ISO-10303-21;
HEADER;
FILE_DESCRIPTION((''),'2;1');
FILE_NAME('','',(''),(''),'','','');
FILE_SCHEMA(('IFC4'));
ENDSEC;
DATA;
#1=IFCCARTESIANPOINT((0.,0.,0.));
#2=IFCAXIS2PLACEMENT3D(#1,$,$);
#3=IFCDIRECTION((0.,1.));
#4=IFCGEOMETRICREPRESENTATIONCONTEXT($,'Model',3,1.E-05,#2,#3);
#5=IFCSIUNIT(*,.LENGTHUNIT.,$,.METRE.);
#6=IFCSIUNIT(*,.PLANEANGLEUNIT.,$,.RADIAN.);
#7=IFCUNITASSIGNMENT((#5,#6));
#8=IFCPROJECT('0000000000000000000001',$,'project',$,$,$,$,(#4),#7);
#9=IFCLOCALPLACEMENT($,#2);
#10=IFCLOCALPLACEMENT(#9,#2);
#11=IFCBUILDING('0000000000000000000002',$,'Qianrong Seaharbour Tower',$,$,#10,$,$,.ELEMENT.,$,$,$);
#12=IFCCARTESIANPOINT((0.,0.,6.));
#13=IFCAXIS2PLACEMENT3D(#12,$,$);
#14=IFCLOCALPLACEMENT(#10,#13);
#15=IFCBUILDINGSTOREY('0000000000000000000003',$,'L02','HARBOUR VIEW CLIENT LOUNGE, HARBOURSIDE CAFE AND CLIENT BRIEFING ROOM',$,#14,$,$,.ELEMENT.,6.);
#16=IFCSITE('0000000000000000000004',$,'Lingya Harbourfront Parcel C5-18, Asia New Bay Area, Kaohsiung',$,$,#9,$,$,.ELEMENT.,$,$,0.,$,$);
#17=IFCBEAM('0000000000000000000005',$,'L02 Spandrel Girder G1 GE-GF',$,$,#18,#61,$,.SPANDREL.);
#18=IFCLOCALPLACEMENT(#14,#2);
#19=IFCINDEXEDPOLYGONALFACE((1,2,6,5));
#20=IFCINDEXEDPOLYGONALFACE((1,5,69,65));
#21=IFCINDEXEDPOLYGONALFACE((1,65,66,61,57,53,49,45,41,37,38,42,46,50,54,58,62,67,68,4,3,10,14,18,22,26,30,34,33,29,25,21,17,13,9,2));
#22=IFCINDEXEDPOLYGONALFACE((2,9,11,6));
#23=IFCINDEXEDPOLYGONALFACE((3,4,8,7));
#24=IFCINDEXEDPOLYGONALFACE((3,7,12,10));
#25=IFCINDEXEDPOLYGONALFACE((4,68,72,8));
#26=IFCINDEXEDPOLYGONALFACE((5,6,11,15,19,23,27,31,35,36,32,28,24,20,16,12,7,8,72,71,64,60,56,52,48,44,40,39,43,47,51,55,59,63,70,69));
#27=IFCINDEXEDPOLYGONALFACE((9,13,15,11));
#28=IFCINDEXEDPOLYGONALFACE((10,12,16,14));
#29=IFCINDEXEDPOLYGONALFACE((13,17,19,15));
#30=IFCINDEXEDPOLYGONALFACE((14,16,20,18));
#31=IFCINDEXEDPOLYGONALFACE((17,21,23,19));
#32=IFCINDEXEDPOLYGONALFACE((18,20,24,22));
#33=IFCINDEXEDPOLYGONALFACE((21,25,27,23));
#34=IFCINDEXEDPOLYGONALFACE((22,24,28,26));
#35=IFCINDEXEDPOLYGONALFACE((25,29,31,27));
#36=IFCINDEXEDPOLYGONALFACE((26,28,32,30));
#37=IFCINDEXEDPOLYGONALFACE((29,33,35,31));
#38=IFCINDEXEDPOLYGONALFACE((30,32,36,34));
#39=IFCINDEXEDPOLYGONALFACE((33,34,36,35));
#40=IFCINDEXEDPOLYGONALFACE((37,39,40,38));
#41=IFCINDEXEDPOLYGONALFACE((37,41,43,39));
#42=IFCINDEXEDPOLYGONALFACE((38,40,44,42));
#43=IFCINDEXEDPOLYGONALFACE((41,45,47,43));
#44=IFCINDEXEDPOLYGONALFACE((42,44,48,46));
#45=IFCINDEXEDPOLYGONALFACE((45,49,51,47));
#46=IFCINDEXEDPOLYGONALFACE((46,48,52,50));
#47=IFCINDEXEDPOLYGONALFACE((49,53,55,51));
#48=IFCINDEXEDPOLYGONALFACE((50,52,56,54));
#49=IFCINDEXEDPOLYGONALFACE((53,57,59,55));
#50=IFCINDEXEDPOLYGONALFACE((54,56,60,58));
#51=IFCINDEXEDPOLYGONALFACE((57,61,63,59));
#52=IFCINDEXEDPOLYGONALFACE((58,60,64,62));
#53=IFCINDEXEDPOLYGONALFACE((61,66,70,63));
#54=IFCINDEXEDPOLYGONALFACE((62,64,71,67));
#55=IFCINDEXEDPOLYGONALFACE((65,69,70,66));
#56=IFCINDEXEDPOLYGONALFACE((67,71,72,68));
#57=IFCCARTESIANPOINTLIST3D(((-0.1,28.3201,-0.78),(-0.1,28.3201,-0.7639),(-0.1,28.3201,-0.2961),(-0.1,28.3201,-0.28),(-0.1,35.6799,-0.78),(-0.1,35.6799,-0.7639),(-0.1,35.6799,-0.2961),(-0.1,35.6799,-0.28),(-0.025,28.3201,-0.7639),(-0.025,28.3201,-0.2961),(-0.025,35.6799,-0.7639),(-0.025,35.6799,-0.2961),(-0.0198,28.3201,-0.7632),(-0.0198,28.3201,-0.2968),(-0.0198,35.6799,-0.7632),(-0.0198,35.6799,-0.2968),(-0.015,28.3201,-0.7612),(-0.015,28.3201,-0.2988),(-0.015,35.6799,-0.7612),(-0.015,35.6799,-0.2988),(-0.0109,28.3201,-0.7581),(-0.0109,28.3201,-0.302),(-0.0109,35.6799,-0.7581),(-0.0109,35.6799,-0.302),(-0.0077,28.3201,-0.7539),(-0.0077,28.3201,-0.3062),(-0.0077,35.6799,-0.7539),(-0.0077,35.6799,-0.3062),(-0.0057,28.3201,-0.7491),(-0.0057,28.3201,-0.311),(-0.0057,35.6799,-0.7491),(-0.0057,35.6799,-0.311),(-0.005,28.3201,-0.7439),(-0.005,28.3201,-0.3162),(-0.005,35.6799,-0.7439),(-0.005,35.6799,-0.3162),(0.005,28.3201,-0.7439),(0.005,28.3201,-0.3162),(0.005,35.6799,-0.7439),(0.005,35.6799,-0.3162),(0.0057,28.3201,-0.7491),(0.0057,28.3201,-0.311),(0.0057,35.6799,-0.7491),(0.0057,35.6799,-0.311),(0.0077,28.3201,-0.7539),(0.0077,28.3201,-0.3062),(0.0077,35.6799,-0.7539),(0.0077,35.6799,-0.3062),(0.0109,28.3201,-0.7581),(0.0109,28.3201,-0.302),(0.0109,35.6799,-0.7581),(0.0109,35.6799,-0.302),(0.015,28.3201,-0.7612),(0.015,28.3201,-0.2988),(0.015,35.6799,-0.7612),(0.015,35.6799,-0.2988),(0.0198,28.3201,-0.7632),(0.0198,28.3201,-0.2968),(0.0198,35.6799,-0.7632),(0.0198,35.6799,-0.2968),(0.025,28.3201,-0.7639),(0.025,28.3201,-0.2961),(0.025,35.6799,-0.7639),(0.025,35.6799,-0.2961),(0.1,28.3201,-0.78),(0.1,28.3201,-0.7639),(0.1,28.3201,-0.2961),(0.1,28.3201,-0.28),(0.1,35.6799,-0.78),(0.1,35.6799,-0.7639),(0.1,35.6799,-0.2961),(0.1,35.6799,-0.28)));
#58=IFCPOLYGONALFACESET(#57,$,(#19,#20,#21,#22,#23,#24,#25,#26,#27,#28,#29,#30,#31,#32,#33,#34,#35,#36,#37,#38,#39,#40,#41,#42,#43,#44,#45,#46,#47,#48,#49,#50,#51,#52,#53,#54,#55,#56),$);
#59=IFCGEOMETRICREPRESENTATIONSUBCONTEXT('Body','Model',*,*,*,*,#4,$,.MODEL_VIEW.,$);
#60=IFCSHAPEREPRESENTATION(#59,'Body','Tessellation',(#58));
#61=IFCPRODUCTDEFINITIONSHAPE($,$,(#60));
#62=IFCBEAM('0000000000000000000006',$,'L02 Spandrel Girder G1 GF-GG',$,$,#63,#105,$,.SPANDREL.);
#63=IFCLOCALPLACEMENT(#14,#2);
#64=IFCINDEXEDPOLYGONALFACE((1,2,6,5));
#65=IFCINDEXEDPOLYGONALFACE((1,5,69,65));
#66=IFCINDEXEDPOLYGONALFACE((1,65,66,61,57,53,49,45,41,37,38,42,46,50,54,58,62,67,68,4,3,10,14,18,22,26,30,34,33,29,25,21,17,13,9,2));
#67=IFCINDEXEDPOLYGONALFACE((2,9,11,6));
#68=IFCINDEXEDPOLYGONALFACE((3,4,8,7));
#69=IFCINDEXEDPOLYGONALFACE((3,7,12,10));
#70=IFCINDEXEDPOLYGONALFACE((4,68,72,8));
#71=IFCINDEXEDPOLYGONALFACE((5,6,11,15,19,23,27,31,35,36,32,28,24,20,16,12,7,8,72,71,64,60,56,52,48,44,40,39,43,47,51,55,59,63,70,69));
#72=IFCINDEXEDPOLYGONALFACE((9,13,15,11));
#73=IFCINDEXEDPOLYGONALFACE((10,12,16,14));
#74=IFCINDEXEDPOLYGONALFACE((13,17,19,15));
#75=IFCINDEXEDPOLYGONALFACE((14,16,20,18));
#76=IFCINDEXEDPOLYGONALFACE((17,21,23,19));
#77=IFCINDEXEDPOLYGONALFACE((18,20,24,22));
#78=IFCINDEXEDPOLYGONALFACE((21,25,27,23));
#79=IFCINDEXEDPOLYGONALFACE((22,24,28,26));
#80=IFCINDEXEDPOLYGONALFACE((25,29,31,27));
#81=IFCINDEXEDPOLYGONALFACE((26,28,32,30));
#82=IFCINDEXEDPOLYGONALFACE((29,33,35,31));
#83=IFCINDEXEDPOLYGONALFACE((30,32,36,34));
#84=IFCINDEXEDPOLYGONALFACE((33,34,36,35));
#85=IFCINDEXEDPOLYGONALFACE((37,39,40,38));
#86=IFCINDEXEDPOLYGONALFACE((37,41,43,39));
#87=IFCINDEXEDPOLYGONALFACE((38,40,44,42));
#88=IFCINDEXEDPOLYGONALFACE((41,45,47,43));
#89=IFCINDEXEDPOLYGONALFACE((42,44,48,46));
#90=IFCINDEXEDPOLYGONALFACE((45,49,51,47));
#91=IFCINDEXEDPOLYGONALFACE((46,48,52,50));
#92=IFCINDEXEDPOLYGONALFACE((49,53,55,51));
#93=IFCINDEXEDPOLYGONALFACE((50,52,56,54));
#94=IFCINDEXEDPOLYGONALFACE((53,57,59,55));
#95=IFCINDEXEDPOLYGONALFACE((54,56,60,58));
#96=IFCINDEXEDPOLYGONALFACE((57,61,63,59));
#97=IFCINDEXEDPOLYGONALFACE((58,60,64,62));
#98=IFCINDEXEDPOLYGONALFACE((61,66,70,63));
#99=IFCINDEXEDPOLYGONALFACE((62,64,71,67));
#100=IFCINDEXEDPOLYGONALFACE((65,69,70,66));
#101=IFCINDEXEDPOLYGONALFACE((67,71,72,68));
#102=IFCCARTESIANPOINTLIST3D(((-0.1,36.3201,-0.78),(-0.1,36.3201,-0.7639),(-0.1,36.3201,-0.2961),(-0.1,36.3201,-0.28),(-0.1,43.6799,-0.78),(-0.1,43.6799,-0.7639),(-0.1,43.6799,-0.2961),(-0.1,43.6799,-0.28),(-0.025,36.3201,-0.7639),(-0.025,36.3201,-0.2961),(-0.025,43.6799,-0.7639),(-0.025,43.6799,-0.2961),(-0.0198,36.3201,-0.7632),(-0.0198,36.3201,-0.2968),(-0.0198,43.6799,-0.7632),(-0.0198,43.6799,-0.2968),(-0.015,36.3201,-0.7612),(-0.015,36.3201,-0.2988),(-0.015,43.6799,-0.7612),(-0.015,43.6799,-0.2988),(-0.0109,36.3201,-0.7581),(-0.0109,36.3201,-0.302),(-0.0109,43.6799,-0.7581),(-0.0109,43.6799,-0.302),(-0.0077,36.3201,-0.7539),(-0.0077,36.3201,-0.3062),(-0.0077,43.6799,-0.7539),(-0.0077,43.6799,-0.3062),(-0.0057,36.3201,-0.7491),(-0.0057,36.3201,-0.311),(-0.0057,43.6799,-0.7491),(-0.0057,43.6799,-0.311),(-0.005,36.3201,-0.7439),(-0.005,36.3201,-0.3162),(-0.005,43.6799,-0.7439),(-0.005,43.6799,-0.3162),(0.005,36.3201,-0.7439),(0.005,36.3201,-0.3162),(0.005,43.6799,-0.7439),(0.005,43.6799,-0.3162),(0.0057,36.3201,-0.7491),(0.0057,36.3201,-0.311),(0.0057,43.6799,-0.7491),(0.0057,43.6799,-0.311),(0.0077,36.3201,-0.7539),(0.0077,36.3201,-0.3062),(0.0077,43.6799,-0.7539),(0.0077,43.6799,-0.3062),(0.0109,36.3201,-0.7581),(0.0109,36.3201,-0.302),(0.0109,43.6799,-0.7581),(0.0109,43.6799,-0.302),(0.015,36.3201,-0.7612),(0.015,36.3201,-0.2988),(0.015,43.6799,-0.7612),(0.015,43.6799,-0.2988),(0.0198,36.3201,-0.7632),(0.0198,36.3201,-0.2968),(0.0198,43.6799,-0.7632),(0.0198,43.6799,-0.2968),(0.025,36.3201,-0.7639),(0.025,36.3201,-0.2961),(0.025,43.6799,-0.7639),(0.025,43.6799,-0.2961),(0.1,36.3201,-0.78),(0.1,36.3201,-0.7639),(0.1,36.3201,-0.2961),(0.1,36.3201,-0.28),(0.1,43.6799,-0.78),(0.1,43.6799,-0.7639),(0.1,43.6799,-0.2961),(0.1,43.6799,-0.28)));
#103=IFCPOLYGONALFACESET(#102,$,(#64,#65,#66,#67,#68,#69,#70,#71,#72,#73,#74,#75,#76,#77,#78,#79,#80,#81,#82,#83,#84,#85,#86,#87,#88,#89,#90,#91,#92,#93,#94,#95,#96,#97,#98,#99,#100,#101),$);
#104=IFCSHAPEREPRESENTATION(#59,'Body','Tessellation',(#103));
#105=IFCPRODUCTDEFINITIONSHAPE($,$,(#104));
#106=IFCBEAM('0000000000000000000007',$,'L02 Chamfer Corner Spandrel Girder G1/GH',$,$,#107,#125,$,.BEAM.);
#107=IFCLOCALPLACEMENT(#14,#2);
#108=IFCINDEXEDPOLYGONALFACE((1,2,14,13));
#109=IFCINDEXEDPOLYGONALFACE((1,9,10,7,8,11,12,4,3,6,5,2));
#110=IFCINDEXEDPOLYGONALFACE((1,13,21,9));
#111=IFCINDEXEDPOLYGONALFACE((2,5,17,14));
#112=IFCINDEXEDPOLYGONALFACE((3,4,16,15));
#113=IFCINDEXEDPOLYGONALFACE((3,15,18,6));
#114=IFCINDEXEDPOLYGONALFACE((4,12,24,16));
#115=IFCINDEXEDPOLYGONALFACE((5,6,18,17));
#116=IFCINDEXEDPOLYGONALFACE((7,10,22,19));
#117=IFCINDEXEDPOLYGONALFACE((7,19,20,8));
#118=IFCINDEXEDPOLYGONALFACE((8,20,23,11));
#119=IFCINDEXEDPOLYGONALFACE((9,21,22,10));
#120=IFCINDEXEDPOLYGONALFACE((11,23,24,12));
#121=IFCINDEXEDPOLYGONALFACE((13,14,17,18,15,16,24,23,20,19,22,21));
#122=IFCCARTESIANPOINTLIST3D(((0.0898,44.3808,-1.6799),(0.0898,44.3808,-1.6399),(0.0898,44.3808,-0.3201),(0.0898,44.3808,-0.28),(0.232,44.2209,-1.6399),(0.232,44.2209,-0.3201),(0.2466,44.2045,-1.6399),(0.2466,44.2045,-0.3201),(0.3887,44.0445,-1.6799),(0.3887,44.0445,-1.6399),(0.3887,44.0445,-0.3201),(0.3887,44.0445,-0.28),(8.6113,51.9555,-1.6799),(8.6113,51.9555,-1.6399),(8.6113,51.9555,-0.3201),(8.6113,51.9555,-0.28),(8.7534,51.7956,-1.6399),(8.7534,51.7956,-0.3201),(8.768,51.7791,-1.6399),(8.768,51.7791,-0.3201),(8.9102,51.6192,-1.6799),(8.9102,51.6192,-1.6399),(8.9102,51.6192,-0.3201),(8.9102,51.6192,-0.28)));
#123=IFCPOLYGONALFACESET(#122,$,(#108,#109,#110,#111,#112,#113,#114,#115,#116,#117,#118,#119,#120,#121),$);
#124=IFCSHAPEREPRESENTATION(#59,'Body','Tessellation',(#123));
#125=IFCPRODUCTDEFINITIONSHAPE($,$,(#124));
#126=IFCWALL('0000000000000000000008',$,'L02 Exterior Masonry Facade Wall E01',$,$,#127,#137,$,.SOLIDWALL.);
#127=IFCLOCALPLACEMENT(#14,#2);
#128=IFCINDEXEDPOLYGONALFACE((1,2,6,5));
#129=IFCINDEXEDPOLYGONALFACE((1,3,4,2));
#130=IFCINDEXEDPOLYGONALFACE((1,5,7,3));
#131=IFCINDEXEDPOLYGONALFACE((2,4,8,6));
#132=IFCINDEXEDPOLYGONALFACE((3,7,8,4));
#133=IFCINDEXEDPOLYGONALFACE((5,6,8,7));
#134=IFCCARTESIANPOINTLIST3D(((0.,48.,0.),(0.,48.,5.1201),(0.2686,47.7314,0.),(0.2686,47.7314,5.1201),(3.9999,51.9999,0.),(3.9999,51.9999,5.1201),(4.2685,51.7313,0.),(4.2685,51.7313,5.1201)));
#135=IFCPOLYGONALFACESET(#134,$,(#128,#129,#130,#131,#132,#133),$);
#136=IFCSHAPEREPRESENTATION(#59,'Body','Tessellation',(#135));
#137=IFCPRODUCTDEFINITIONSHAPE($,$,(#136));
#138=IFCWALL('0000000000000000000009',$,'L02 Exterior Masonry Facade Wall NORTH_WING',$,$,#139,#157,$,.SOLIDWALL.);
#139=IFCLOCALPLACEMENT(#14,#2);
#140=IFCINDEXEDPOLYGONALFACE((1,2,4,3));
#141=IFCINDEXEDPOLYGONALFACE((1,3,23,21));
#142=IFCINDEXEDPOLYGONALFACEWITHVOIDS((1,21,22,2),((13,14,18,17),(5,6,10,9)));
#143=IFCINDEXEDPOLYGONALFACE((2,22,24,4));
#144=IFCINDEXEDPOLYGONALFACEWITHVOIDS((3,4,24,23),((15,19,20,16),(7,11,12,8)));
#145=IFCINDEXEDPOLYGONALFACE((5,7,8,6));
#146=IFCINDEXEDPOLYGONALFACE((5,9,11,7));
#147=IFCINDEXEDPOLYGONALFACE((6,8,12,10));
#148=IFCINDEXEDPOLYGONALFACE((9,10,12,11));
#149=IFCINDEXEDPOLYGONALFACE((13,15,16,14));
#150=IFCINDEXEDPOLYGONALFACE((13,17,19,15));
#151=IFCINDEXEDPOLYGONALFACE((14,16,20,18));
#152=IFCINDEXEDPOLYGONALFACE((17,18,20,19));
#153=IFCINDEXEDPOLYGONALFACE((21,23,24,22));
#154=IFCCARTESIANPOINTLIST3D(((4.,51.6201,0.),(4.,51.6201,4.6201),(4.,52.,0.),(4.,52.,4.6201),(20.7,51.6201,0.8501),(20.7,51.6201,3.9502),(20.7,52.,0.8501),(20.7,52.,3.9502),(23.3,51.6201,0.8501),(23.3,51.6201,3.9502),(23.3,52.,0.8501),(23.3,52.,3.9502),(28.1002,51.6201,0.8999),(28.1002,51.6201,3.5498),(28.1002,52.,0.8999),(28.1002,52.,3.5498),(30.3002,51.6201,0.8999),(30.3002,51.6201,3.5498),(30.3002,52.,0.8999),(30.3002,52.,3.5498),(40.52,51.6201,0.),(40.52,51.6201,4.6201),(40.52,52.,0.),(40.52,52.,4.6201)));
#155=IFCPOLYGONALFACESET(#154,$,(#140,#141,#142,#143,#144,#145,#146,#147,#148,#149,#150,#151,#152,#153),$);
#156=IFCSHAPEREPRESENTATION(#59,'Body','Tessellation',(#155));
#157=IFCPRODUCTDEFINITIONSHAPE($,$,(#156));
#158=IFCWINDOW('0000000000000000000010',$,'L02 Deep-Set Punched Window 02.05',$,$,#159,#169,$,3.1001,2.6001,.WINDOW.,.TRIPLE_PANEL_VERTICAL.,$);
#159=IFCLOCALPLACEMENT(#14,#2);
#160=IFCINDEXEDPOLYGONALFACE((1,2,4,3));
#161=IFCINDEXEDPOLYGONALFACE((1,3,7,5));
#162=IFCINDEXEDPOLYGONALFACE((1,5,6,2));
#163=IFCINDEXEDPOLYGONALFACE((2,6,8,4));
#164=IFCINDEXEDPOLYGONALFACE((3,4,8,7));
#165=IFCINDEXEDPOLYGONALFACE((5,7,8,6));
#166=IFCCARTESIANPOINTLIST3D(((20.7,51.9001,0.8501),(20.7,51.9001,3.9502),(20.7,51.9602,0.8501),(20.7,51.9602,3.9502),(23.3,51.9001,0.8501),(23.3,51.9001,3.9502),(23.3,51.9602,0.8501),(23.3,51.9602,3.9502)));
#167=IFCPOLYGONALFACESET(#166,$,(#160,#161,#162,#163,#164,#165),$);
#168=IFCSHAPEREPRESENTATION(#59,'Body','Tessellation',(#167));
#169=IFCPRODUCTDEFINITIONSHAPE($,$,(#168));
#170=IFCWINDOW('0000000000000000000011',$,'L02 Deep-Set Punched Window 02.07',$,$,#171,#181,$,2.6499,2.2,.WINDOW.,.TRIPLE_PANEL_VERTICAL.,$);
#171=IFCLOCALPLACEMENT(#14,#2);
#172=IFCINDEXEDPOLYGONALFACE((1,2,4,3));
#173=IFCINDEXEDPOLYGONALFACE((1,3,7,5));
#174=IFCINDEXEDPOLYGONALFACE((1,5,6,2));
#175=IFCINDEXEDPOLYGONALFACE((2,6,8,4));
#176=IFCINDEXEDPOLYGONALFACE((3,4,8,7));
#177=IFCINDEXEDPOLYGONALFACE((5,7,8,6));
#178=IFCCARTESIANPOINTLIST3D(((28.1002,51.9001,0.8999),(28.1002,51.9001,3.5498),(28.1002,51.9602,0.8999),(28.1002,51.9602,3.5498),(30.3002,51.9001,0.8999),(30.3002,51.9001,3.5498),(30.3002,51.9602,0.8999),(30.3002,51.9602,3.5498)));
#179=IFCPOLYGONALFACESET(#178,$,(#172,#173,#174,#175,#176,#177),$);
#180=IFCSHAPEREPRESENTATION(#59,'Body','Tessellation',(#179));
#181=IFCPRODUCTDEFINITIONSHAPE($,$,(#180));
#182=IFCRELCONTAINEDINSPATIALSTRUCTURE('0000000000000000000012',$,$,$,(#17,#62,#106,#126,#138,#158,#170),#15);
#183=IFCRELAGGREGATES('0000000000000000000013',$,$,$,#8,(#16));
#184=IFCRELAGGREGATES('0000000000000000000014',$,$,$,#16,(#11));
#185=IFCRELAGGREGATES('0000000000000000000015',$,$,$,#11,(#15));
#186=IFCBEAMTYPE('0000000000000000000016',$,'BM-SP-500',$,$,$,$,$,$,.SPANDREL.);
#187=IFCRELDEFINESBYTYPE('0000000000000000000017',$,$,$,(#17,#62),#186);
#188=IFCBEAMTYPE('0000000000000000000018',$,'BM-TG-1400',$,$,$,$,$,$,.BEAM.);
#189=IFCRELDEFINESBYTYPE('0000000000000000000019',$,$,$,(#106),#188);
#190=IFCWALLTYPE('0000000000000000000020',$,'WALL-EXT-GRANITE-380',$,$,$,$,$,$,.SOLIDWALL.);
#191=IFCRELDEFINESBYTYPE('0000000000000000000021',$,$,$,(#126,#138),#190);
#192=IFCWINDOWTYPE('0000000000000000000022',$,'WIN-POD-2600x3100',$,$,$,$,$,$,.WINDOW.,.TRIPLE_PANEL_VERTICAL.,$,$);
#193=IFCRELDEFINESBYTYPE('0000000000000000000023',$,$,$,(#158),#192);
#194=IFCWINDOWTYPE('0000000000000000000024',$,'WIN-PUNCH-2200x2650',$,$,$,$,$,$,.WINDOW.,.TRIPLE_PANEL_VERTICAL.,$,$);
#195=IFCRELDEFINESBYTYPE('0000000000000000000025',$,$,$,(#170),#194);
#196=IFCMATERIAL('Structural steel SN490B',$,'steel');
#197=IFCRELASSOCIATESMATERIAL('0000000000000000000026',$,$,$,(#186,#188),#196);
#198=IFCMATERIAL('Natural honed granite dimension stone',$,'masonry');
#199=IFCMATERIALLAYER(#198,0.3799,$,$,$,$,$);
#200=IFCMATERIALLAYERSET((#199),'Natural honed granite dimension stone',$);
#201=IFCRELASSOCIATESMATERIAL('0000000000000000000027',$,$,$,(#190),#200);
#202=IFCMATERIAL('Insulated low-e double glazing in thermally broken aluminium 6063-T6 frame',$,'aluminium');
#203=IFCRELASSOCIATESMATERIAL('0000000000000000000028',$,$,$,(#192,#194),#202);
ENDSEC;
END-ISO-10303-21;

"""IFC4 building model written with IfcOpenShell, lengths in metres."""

from ifc_helpers import new_model, si_unit, direction, frame, frame_2d, origin, origin_2d, place, context, subcontext, project, spatial, rectangle, i_section, extrude, material, layer, layer_set, material_profile, profile_set, type_object, element, fill, save


model = new_model("IFC4")

# Units and contexts
model_context = context("Model", 3, precision=1e-05, world=origin(), true_north=direction((0.0, 1.0)))
body_context = subcontext(model_context, "Body", "Model", "MODEL_VIEW")
ifc_project = project(units=[si_unit("LENGTHUNIT", "METRE"), si_unit("PLANEANGLEUNIT", "RADIAN")], contexts=[model_context])

# Site, building, storey
site_placement = place(None, origin())
site = spatial("IfcSite", under=ifc_project, at=site_placement, Name="Lingya Harbourfront Parcel C5-18, Asia New Bay Area, Kaohsiung", CompositionType="ELEMENT", RefElevation=0.0)
building_placement = place(site_placement, origin())
building = spatial("IfcBuilding", under=site, at=building_placement, Name="Qianrong Seaharbour Tower", CompositionType="ELEMENT")
storey_placement = place(building_placement, frame((0.0, 0.0, 6.0)))
storey = spatial("IfcBuildingStorey", under=building, at=storey_placement, Name="L02", Description="HARBOUR VIEW CLIENT LOUNGE, HARBOURSIDE CAFE AND CLIENT BRIEFING ROOM", CompositionType="ELEMENT", Elevation=6.0)

# Shared definitions
ifc_material_1 = material(Name="Structural steel SN490B", Category="steel")

# Beams
ifc_material_profile_1 = material_profile(ifc_material_1, i_section(OverallWidth=0.2, OverallDepth=0.5, WebThickness=0.01, FlangeThickness=0.0161, FilletRadius=0.02, at=origin_2d()), Name="H500x200x10x16")
ifc_profile_set_1 = profile_set([ifc_material_profile_1], Name="Structural steel SN490B")
beam_type_1 = type_object("IfcBeamType", Name="BM-SP-500", PredefinedType="SPANDREL", material=ifc_profile_set_1)
for number, where, z_axis, x_axis, name in (
    (1, (0.0, 28.3201, -0.53), (0.0, 1.0, 0.0), (-1.0, 0.0, 0.0), "L02 Spandrel Girder G1 GE-GF"),
    (2, (0.0, 36.3201, -0.53), (0.0, 1.0, 0.0), (-1.0, 0.0, 0.0), "L02 Spandrel Girder G1 GF-GG"),
):
    element("IfcBeam", number, at=place(storey_placement, frame(where, z_axis=z_axis, x_axis=x_axis)), inside=storey, type_object=beam_type_1, Name=name, PredefinedType="SPANDREL", context=body_context, shape_type="SweptSolid", body=[
        extrude(i_section(OverallWidth=0.2, OverallDepth=0.5, WebThickness=0.01, FlangeThickness=0.0161, FilletRadius=0.02, at=origin_2d()), origin(), (0.0, 0.0, 1.0), 7.3599),
    ])
ifc_material_profile_2 = material_profile(ifc_material_1, i_section(OverallWidth=0.45, OverallDepth=1.3999, WebThickness=0.022, FlangeThickness=0.04, at=origin_2d()), Name="BH1400x450x22x40")
ifc_profile_set_2 = profile_set([ifc_material_profile_2], Name="Structural steel SN490B")
beam_type_2 = type_object("IfcBeamType", Name="BM-TG-1400", PredefinedType="BEAM", material=ifc_profile_set_2)
beam_1_placement = place(storey_placement, frame((8.7607, 51.7874, -0.98), z_axis=(-0.747407, -0.664366, 0.0), x_axis=(0.664366, -0.747407, 0.0)))
element("IfcBeam", 3, at=beam_1_placement, inside=storey, type_object=beam_type_2, Name="L02 Chamfer Corner Spandrel Girder G1/GH", PredefinedType="BEAM", context=body_context, shape_type="SweptSolid", body=[
    extrude(i_section(OverallWidth=0.45, OverallDepth=1.3999, WebThickness=0.022, FlangeThickness=0.04, at=origin_2d()), origin(), (0.0, 0.0, 1.0), 11.4014),
])

# Wall
ifc_material_2 = material(Name="Natural honed granite dimension stone", Category="masonry")
ifc_layer_1 = layer(ifc_material_2, 0.3799)
ifc_layer_set_1 = layer_set([ifc_layer_1], Name="Natural honed granite dimension stone")
wall_type_1 = type_object("IfcWallType", Name="WALL-EXT-GRANITE-380", PredefinedType="SOLIDWALL", material=ifc_layer_set_1)
wall_1_placement = place(storey_placement, frame((0.1343, 47.8657, 0.0), z_axis=(0.0, 0.0, 1.0), x_axis=(0.707107, 0.707107, 0.0)))
element("IfcWall", 4, at=wall_1_placement, inside=storey, type_object=wall_type_1, Name="L02 Exterior Masonry Facade Wall E01", PredefinedType="SOLIDWALL", context=body_context, shape_type="SweptSolid", body=[
    extrude(rectangle(XDim=5.6567, YDim=0.3799, at=frame_2d((2.8284, 0.0))), origin(), (0.0, 0.0, 1.0), 5.1201),
])

# Wall, openings, windows
wall_2_placement = place(storey_placement, frame((4.0, 51.8101, 0.0), z_axis=(0.0, 0.0, 1.0), x_axis=(1.0, 0.0, 0.0)))
wall_2 = element("IfcWall", 5, at=wall_2_placement, inside=storey, type_object=wall_type_1, Name="L02 Exterior Masonry Facade Wall NORTH_WING", PredefinedType="SOLIDWALL", context=body_context, shape_type="SweptSolid", body=[
    extrude(rectangle(XDim=36.52, YDim=0.3799, at=frame_2d((18.26, 0.0))), origin(), (0.0, 0.0, 1.0), 4.6201),
])
opening_1_placement = place(wall_2_placement, frame((16.7, 0.0, 0.8501)))
opening_1 = element("IfcOpeningElement", 6, at=opening_1_placement, cuts=wall_2, PredefinedType="OPENING", context=body_context, shape_type="SweptSolid", body=[
    extrude(rectangle(XDim=2.6001, YDim=3.1001, at=frame_2d((1.3, 1.55))), frame((0.0, 0.2, 0.0), z_axis=(0.0, -1.0, 0.0), x_axis=(1.0, 0.0, 0.0)), (0.0, 0.0, 1.0), 0.3999),
])
opening_2_placement = place(wall_2_placement, frame((24.1001, 0.0, 0.8999)))
opening_2 = element("IfcOpeningElement", 7, at=opening_2_placement, cuts=wall_2, PredefinedType="OPENING", context=body_context, shape_type="SweptSolid", body=[
    extrude(rectangle(XDim=2.2, YDim=2.6499, at=frame_2d((1.1001, 1.325))), frame((0.0, 0.2, 0.0), z_axis=(0.0, -1.0, 0.0), x_axis=(1.0, 0.0, 0.0)), (0.0, 0.0, 1.0), 0.3999),
])
ifc_material_3 = material(Name="Insulated low-e double glazing in thermally broken aluminium 6063-T6 frame", Category="aluminium")
window_type_1 = type_object("IfcWindowType", Name="WIN-POD-2600x3100", PartitioningType="TRIPLE_PANEL_VERTICAL", PredefinedType="WINDOW", material=ifc_material_3)
window_1_placement = place(opening_1_placement, origin())
window_1 = element("IfcWindow", 8, at=window_1_placement, inside=storey, type_object=window_type_1, Name="L02 Deep-Set Punched Window 02.05", OverallHeight=3.1001, OverallWidth=2.6001, PartitioningType="TRIPLE_PANEL_VERTICAL", PredefinedType="WINDOW", context=body_context, shape_type="SweptSolid", body=[
    extrude(rectangle(XDim=2.6001, YDim=3.1001, at=frame_2d((1.3, 1.55))), frame((0.0, 0.1501, 0.0), z_axis=(0.0, -1.0, 0.0), x_axis=(1.0, 0.0, 0.0)), (0.0, 0.0, 1.0), 0.0601),
])
fill(opening_1, window_1)
window_type_2 = type_object("IfcWindowType", Name="WIN-PUNCH-2200x2650", PartitioningType="TRIPLE_PANEL_VERTICAL", PredefinedType="WINDOW", material=ifc_material_3)
window_2_placement = place(opening_2_placement, origin())
window_2 = element("IfcWindow", 9, at=window_2_placement, inside=storey, type_object=window_type_2, Name="L02 Deep-Set Punched Window 02.07", OverallHeight=2.6499, OverallWidth=2.2, PartitioningType="TRIPLE_PANEL_VERTICAL", PredefinedType="WINDOW", context=body_context, shape_type="SweptSolid", body=[
    extrude(rectangle(XDim=2.2, YDim=2.6499, at=frame_2d((1.1001, 1.325))), frame((0.0, 0.1501, 0.0), z_axis=(0.0, -1.0, 0.0), x_axis=(1.0, 0.0, 0.0)), (0.0, 0.0, 1.0), 0.0601),
])
fill(opening_2, window_2)

save(model, "model.ifc")
